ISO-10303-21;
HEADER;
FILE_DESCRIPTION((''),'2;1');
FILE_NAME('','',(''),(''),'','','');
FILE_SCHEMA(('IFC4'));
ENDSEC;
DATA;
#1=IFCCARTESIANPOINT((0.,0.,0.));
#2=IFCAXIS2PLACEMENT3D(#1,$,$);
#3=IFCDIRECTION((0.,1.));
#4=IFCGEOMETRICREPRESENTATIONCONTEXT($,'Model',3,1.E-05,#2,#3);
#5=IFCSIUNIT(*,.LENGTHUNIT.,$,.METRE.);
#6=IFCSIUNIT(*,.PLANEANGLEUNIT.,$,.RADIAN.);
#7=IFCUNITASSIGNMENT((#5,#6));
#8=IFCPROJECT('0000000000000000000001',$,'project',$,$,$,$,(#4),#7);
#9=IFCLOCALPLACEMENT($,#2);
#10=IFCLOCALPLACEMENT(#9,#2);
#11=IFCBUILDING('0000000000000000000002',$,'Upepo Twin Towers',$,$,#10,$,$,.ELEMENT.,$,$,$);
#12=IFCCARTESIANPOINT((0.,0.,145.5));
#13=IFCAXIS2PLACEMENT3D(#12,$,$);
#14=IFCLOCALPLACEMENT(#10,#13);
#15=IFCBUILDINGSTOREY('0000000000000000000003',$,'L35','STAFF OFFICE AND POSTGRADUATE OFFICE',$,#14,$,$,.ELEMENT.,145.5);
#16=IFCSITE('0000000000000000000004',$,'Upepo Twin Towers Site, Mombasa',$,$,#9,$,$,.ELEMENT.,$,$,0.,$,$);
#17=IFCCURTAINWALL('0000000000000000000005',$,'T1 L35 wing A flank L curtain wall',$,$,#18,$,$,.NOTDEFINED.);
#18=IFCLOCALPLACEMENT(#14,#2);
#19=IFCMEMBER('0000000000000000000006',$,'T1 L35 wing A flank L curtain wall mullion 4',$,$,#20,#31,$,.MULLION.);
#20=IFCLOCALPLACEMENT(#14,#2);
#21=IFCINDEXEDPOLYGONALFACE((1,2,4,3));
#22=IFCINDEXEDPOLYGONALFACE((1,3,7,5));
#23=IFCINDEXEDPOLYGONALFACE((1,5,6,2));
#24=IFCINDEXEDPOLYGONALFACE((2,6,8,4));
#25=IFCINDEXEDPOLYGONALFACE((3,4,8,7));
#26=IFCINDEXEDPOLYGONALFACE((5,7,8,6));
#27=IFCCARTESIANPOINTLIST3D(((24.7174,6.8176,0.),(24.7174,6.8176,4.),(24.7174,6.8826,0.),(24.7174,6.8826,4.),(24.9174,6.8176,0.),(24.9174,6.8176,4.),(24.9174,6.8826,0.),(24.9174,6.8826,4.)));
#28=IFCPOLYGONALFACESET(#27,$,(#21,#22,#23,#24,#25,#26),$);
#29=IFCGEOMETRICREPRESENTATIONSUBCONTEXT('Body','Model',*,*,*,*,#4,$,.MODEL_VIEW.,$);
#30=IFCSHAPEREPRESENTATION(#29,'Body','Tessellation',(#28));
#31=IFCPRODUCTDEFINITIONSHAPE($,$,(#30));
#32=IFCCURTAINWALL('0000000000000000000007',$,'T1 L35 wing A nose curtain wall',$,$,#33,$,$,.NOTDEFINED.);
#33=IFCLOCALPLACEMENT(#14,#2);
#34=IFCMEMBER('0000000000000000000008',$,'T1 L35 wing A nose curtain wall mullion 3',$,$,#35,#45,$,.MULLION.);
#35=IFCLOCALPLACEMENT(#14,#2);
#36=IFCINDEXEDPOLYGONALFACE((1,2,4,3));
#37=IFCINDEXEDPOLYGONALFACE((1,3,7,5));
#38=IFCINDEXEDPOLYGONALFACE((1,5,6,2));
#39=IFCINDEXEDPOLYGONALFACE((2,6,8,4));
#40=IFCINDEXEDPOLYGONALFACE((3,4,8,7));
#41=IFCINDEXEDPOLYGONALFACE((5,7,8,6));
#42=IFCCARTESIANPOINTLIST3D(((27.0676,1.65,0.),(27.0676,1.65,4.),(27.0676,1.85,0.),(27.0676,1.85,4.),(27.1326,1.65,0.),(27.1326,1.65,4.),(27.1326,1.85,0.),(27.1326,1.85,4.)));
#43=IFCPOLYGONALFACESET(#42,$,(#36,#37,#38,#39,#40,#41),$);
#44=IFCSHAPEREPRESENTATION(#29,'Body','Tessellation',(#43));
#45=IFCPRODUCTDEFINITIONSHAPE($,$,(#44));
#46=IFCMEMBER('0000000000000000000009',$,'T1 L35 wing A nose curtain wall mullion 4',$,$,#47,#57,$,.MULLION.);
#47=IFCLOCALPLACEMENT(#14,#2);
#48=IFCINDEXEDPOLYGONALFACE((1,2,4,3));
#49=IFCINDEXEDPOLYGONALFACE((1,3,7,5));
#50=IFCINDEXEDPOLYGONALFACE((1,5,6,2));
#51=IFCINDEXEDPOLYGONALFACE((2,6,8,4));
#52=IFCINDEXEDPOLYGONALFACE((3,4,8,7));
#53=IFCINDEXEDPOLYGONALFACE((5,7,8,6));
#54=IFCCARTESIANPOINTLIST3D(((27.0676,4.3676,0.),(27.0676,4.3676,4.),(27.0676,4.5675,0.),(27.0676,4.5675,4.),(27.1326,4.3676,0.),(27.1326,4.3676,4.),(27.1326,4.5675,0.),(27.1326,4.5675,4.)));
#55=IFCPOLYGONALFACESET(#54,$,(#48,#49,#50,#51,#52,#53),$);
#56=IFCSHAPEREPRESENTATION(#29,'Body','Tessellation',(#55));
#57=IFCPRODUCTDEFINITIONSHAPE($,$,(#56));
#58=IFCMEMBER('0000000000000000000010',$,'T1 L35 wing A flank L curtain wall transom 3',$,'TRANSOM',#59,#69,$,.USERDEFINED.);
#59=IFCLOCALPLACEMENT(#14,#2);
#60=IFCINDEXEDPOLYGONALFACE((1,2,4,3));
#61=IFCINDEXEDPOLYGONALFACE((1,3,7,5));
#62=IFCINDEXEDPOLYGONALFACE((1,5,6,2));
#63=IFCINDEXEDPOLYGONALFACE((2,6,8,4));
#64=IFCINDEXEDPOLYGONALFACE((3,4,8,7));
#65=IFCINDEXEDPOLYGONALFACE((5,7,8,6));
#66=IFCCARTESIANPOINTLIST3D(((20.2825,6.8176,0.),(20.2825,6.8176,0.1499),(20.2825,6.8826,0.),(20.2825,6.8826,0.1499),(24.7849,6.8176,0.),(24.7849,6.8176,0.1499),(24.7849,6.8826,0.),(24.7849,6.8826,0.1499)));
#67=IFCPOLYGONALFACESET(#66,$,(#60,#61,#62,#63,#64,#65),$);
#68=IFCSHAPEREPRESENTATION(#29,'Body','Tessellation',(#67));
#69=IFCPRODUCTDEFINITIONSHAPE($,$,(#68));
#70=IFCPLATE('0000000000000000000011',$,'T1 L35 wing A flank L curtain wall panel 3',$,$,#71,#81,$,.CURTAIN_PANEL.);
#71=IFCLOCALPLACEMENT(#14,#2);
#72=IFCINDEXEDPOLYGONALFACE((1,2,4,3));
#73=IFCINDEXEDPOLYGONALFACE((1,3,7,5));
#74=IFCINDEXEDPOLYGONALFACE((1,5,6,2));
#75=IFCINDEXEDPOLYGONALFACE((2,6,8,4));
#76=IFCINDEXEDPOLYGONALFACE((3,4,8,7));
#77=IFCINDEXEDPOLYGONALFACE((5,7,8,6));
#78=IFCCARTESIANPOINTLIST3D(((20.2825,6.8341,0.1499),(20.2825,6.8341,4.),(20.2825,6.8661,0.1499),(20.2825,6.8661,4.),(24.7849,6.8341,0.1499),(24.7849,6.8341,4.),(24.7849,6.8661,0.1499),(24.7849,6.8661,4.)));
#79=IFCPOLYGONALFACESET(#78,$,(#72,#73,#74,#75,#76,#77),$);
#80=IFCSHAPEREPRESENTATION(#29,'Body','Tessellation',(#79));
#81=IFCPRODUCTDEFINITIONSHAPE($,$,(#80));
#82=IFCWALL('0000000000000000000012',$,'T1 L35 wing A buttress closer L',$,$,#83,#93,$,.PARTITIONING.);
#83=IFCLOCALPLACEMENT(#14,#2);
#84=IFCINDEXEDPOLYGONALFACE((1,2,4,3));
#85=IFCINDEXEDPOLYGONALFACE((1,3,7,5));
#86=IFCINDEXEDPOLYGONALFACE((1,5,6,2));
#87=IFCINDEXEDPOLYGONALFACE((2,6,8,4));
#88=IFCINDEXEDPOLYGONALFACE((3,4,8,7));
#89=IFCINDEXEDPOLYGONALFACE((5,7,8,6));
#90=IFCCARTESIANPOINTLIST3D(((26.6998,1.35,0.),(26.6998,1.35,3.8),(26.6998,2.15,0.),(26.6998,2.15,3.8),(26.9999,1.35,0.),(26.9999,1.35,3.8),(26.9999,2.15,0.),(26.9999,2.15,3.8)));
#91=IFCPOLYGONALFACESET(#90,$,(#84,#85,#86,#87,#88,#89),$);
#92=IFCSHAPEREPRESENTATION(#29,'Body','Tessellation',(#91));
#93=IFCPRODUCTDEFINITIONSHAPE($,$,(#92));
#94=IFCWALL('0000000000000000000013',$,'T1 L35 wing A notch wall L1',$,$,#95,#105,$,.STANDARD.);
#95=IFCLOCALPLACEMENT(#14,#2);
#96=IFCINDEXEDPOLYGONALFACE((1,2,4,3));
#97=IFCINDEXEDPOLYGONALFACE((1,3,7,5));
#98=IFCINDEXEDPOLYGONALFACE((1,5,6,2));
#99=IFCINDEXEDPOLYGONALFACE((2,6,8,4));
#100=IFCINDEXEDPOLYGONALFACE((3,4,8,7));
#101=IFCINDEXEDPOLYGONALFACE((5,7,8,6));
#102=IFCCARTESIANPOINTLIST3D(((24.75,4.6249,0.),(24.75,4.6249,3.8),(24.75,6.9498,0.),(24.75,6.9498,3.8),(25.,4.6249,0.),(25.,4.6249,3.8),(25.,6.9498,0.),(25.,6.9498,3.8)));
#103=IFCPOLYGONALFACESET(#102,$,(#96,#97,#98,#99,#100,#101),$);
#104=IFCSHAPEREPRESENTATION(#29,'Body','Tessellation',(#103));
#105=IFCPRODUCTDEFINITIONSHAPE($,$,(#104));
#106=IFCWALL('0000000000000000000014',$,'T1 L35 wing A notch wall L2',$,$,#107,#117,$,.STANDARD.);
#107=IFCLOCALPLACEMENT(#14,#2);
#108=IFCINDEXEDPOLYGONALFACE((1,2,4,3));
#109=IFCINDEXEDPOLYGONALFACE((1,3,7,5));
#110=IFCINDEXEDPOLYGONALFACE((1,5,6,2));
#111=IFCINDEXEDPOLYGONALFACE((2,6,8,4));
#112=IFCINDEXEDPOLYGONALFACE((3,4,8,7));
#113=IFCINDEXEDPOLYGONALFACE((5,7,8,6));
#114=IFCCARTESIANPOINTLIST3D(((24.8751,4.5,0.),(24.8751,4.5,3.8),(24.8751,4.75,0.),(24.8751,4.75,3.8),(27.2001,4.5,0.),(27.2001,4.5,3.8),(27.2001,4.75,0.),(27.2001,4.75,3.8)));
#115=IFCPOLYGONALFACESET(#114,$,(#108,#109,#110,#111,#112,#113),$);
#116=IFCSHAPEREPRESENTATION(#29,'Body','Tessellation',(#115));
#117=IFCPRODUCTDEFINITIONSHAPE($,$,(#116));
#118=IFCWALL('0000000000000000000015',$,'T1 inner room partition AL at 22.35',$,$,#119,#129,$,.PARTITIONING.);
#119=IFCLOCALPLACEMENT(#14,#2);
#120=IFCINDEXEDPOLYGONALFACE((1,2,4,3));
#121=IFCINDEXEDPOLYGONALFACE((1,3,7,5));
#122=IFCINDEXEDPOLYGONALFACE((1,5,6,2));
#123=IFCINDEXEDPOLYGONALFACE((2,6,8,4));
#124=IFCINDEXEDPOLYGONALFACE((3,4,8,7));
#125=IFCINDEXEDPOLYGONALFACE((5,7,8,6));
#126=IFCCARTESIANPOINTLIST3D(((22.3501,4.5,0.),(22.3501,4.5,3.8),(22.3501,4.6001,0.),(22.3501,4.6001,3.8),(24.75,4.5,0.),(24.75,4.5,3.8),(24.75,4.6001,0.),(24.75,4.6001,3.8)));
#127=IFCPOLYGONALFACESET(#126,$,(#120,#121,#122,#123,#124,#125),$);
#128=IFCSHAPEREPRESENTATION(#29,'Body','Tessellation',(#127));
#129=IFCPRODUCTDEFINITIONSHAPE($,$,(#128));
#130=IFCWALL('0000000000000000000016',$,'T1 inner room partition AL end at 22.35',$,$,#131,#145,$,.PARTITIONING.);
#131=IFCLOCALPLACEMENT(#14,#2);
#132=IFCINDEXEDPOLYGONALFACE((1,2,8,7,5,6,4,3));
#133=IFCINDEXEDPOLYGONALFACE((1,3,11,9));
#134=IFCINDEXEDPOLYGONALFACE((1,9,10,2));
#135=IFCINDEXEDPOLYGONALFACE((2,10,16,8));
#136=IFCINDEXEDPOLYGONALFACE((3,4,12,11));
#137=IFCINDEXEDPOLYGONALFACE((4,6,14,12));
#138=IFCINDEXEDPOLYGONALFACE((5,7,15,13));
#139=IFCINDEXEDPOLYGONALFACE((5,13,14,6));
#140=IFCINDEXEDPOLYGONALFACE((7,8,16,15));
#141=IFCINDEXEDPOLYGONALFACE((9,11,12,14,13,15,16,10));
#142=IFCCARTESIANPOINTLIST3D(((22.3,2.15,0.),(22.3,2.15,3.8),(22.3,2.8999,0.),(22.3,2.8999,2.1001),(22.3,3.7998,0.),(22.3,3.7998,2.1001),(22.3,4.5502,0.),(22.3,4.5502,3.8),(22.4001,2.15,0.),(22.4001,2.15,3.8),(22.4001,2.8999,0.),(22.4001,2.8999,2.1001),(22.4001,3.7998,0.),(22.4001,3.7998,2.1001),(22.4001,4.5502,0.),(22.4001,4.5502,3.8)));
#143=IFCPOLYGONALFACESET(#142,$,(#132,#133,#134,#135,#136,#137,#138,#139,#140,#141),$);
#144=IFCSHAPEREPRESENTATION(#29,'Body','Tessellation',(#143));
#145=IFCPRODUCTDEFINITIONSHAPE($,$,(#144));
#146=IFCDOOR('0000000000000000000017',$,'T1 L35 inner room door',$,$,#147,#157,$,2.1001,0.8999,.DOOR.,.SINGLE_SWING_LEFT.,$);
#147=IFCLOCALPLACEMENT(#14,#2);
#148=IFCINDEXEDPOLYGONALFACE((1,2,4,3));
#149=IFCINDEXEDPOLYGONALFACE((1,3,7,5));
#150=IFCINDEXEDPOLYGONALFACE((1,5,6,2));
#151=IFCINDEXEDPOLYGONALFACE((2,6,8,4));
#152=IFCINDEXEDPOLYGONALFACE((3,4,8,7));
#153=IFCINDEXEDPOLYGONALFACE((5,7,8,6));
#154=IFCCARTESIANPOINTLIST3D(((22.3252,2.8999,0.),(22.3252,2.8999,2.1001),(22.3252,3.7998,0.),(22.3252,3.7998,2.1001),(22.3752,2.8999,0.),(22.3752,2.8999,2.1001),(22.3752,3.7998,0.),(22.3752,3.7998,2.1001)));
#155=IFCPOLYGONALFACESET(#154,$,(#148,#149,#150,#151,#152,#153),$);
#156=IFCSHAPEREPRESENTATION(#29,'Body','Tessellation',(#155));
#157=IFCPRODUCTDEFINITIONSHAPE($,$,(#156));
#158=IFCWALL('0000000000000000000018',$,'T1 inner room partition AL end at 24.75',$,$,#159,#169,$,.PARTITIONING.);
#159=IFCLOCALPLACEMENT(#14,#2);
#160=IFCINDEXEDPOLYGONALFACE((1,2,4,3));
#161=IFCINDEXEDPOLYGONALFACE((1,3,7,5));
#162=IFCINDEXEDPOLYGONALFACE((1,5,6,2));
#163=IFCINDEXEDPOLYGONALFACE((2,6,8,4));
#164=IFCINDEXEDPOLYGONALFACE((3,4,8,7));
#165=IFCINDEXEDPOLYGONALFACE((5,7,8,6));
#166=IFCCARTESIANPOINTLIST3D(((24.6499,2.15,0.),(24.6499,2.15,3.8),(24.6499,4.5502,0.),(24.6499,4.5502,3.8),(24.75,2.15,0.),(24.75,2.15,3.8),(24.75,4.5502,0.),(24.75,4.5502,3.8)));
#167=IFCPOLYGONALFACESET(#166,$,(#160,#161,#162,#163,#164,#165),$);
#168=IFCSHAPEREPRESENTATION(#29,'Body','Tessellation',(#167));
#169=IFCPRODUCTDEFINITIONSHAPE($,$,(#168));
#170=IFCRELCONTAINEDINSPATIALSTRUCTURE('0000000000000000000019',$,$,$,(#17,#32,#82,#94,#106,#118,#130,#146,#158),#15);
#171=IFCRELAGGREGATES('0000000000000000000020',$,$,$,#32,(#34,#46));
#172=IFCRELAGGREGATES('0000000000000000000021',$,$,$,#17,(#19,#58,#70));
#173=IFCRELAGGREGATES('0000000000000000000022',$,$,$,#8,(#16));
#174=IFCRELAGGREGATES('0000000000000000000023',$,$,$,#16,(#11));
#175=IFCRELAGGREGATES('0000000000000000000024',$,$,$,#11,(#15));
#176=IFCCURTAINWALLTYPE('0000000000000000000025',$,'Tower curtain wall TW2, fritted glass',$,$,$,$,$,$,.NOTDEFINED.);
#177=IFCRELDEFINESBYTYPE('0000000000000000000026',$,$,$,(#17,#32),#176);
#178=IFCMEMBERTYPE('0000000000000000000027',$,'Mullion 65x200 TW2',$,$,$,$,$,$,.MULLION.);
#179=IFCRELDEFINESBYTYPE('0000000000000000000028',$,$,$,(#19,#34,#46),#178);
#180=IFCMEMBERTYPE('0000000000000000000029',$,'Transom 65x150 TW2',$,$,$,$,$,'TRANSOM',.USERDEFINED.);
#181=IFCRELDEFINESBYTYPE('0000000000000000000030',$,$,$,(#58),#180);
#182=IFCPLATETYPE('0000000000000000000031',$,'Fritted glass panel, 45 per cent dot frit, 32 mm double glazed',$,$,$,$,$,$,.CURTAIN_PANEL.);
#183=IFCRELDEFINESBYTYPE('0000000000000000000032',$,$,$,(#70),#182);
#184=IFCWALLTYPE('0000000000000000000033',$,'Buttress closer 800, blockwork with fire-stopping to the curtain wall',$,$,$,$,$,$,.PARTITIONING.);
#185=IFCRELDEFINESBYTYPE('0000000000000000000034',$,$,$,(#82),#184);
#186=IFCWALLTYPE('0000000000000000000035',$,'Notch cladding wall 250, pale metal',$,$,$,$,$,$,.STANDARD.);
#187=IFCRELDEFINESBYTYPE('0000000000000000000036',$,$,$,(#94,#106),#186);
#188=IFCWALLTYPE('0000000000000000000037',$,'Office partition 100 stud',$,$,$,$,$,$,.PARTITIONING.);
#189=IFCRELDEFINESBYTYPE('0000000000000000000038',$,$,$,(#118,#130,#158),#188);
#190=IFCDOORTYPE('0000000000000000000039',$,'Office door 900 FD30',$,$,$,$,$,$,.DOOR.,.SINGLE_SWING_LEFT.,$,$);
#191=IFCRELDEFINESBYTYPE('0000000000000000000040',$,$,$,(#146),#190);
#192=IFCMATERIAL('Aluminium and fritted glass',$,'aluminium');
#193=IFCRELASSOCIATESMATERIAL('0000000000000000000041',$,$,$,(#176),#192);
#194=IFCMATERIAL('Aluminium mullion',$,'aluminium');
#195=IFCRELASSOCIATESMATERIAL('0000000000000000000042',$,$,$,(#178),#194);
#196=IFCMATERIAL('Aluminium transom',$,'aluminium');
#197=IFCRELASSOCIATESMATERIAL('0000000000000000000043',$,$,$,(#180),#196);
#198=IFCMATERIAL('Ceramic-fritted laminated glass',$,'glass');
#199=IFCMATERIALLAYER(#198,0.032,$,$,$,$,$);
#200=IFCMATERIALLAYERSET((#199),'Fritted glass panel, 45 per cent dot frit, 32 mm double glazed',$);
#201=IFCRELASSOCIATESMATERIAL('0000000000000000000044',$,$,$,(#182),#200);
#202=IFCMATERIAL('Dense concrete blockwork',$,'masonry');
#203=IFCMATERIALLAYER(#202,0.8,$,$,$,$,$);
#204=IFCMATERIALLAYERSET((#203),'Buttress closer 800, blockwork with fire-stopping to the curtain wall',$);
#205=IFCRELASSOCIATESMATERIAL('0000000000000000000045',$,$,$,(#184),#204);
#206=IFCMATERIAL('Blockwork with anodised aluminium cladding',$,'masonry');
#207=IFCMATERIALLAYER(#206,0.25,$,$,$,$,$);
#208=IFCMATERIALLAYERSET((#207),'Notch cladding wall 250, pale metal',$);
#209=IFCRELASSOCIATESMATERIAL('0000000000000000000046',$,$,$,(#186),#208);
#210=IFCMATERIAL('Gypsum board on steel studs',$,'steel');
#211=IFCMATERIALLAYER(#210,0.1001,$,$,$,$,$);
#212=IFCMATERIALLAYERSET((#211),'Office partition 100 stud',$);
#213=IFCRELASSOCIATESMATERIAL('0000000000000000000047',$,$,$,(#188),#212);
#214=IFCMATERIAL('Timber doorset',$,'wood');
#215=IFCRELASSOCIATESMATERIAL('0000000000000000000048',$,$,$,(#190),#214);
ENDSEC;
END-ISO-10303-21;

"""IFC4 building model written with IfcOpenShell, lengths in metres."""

from ifc_helpers import new_model, si_unit, direction, frame, frame_2d, origin, origin_2d, place, context, subcontext, project, spatial, rectangle, extrude, material, layer, layer_set, material_profile, profile_set, type_object, element, fill, aggregate, save


model = new_model("IFC4")

# Units and contexts
model_context = context("Model", 3, precision=1e-05, world=origin(), true_north=direction((0.0, 1.0)))
body_context = subcontext(model_context, "Body", "Model", "MODEL_VIEW")
ifc_project = project(units=[si_unit("LENGTHUNIT", "METRE"), si_unit("PLANEANGLEUNIT", "RADIAN")], contexts=[model_context])

# Site, building, storey
site_placement = place(None, origin())
site = spatial("IfcSite", under=ifc_project, at=site_placement, Name="Upepo Twin Towers Site, Mombasa", CompositionType="ELEMENT", RefElevation=0.0)
building_placement = place(site_placement, origin())
building = spatial("IfcBuilding", under=site, at=building_placement, Name="Upepo Twin Towers", CompositionType="ELEMENT")
storey_placement = place(building_placement, frame((0.0, 0.0, 145.5)))
storey = spatial("IfcBuildingStorey", under=building, at=storey_placement, Name="L35", Description="STAFF OFFICE AND POSTGRADUATE OFFICE", CompositionType="ELEMENT", Elevation=145.5)

# Curtain walls, members
ifc_material_1 = material(Name="Aluminium and fritted glass", Category="aluminium")
curtain_wall_type = type_object("IfcCurtainWallType", Name="Tower curtain wall TW2, fritted glass", PredefinedType="NOTDEFINED", material=ifc_material_1)
curtain_wall_1_placement = place(storey_placement, origin())
curtain_wall_1 = element("IfcCurtainWall", 1, at=curtain_wall_1_placement, inside=storey, type_object=curtain_wall_type, Name="T1 L35 wing A flank L curtain wall", PredefinedType="NOTDEFINED")
ifc_material_2 = material(Name="Aluminium mullion", Category="aluminium")
ifc_material_profile_1 = material_profile(ifc_material_2, rectangle(XDim=0.0649, YDim=0.2, at=origin_2d()), Name="MULLION 65x200")
ifc_profile_set_1 = profile_set([ifc_material_profile_1], Name="Aluminium mullion")
member_type_1 = type_object("IfcMemberType", Name="Mullion 65x200 TW2", PredefinedType="MULLION", material=ifc_profile_set_1)
member_1_placement = place(storey_placement, frame((24.8174, 6.8501, 0.0), z_axis=(0.0, 0.0, 1.0), x_axis=(0.0, 1.0, 0.0)))
member_1 = element("IfcMember", 2, at=member_1_placement, type_object=member_type_1, Name="T1 L35 wing A flank L curtain wall mullion 4", PredefinedType="MULLION", context=body_context, shape_type="SweptSolid", body=[
    extrude(rectangle(XDim=0.0649, YDim=0.2, at=origin_2d()), origin(), (0.0, 0.0, 1.0), 4.0),
])
curtain_wall_2_placement = place(storey_placement, origin())
curtain_wall_2 = element("IfcCurtainWall", 3, at=curtain_wall_2_placement, inside=storey, type_object=curtain_wall_type, Name="T1 L35 wing A nose curtain wall", PredefinedType="NOTDEFINED")
member_2_placement = place(storey_placement, frame((27.1001, 1.75, 0.0), z_axis=(0.0, 0.0, 1.0), x_axis=(-1.0, 0.0, 0.0)))
member_2 = element("IfcMember", 4, at=member_2_placement, type_object=member_type_1, Name="T1 L35 wing A nose curtain wall mullion 3", PredefinedType="MULLION", context=body_context, shape_type="SweptSolid", body=[
    extrude(rectangle(XDim=0.0649, YDim=0.2, at=origin_2d()), origin(), (0.0, 0.0, 1.0), 4.0),
])
member_3_placement = place(storey_placement, frame((27.1001, 4.4675, 0.0), z_axis=(0.0, 0.0, 1.0), x_axis=(-1.0, 0.0, 0.0)))
member_3 = element("IfcMember", 5, at=member_3_placement, type_object=member_type_1, Name="T1 L35 wing A nose curtain wall mullion 4", PredefinedType="MULLION", context=body_context, shape_type="SweptSolid", body=[
    extrude(rectangle(XDim=0.0649, YDim=0.2, at=origin_2d()), origin(), (0.0, 0.0, 1.0), 4.0),
])
aggregate(curtain_wall_2, [member_2, member_3])

# Member
ifc_material_3 = material(Name="Aluminium transom", Category="aluminium")
ifc_material_profile_2 = material_profile(ifc_material_3, rectangle(XDim=0.0649, YDim=0.1499, at=origin_2d()), Name="TRANSOM 65x150")
ifc_profile_set_2 = profile_set([ifc_material_profile_2], Name="Aluminium transom")
member_type_2 = type_object("IfcMemberType", Name="Transom 65x150 TW2", ElementType="TRANSOM", PredefinedType="USERDEFINED", material=ifc_profile_set_2)
member_4_placement = place(storey_placement, frame((20.2825, 6.8501, 0.075), z_axis=(1.0, 0.0, 0.0), x_axis=(0.0, 1.0, 0.0)))
member_4 = element("IfcMember", 6, at=member_4_placement, type_object=member_type_2, Name="T1 L35 wing A flank L curtain wall transom 3", ObjectType="TRANSOM", PredefinedType="USERDEFINED", context=body_context, shape_type="SweptSolid", body=[
    extrude(rectangle(XDim=0.0649, YDim=0.1499, at=origin_2d()), origin(), (0.0, 0.0, 1.0), 4.5024),
])

# Plate
ifc_material_4 = material(Name="Ceramic-fritted laminated glass", Category="glass")
ifc_layer_1 = layer(ifc_material_4, 0.032)
ifc_layer_set_1 = layer_set([ifc_layer_1], Name="Fritted glass panel, 45 per cent dot frit, 32 mm double glazed")
plate_type = type_object("IfcPlateType", Name="Fritted glass panel, 45 per cent dot frit, 32 mm double glazed", PredefinedType="CURTAIN_PANEL", material=ifc_layer_set_1)
plate_placement = place(storey_placement, frame((22.5337, 6.8501, 0.1499), z_axis=(0.0, 0.0, 1.0), x_axis=(1.0, 0.0, 0.0)))
plate = element("IfcPlate", 7, at=plate_placement, type_object=plate_type, Name="T1 L35 wing A flank L curtain wall panel 3", PredefinedType="CURTAIN_PANEL", context=body_context, shape_type="SweptSolid", body=[
    extrude(rectangle(XDim=4.5024, YDim=0.032, at=origin_2d()), origin(), (0.0, 0.0, 1.0), 3.8501),
])
aggregate(curtain_wall_1, [member_1, member_4, plate])

# Walls
ifc_material_5 = material(Name="Dense concrete blockwork", Category="masonry")
ifc_layer_2 = layer(ifc_material_5, 0.8)
ifc_layer_set_2 = layer_set([ifc_layer_2], Name="Buttress closer 800, blockwork with fire-stopping to the curtain wall")
wall_type_1 = type_object("IfcWallType", Name="Buttress closer 800, blockwork with fire-stopping to the curtain wall", PredefinedType="PARTITIONING", material=ifc_layer_set_2)
wall_1_placement = place(storey_placement, frame((26.7, 1.75, 0.0), z_axis=(0.0, 0.0, 1.0), x_axis=(1.0, 0.0, 0.0)))
element("IfcWall", 8, at=wall_1_placement, inside=storey, type_object=wall_type_1, Name="T1 L35 wing A buttress closer L", PredefinedType="PARTITIONING", context=body_context, shape_type="SweptSolid", body=[
    extrude(rectangle(XDim=0.3, YDim=0.8, at=frame_2d((0.1499, 0.0))), origin(), (0.0, 0.0, 1.0), 3.8),
])
ifc_material_6 = material(Name="Blockwork with anodised aluminium cladding", Category="masonry")
ifc_layer_3 = layer(ifc_material_6, 0.25)
ifc_layer_set_3 = layer_set([ifc_layer_3], Name="Notch cladding wall 250, pale metal")
wall_type_2 = type_object("IfcWallType", Name="Notch cladding wall 250, pale metal", PredefinedType="STANDARD", material=ifc_layer_set_3)
for number, where, z_axis, x_axis, name in (
    (9, (24.875, 6.95, 0.0), (0.0, 0.0, 1.0), (0.0, -1.0, 0.0), "T1 L35 wing A notch wall L1"),
    (10, (24.875, 4.625, 0.0), (0.0, 0.0, 1.0), (1.0, 0.0, 0.0), "T1 L35 wing A notch wall L2"),
):
    element("IfcWall", number, at=place(storey_placement, frame(where, z_axis=z_axis, x_axis=x_axis)), inside=storey, type_object=wall_type_2, Name=name, PredefinedType="STANDARD", context=body_context, shape_type="SweptSolid", body=[
        extrude(rectangle(XDim=2.325, YDim=0.25, at=frame_2d((1.1626, 0.0))), origin(), (0.0, 0.0, 1.0), 3.8),
    ])
ifc_material_7 = material(Name="Gypsum board on steel studs", Category="steel")
ifc_layer_4 = layer(ifc_material_7, 0.1001)
ifc_layer_set_4 = layer_set([ifc_layer_4], Name="Office partition 100 stud")
wall_type_3 = type_object("IfcWallType", Name="Office partition 100 stud", PredefinedType="PARTITIONING", material=ifc_layer_set_4)
wall_2_placement = place(storey_placement, frame((22.3501, 4.55, 0.0), z_axis=(0.0, 0.0, 1.0), x_axis=(1.0, 0.0, 0.0)))
element("IfcWall", 11, at=wall_2_placement, inside=storey, type_object=wall_type_3, Name="T1 inner room partition AL at 22.35", PredefinedType="PARTITIONING", context=body_context, shape_type="SweptSolid", body=[
    extrude(rectangle(XDim=2.3999, YDim=0.1001, at=frame_2d((1.2, 0.0))), origin(), (0.0, 0.0, 1.0), 3.8),
])

# Wall, opening, door
wall_3_placement = place(storey_placement, frame((22.3501, 2.1499, 0.0), z_axis=(0.0, 0.0, 1.0), x_axis=(0.0, 1.0, 0.0)))
wall_3 = element("IfcWall", 12, at=wall_3_placement, inside=storey, type_object=wall_type_3, Name="T1 inner room partition AL end at 22.35", PredefinedType="PARTITIONING", context=body_context, shape_type="SweptSolid", body=[
    extrude(rectangle(XDim=2.4001, YDim=0.1001, at=frame_2d((1.2002, 0.0))), origin(), (0.0, 0.0, 1.0), 3.8),
])
opening_placement = place(wall_3_placement, frame((0.75, 0.0, 0.0)))
opening = element("IfcOpeningElement", 13, at=opening_placement, cuts=wall_3, PredefinedType="OPENING", context=body_context, shape_type="SweptSolid", body=[
    extrude(rectangle(XDim=0.8999, YDim=2.1001, at=frame_2d((0.45, 1.05))), frame((0.0, 0.0601, 0.0), z_axis=(0.0, -1.0, 0.0), x_axis=(1.0, 0.0, 0.0)), (0.0, 0.0, 1.0), 0.1201),
])
ifc_material_8 = material(Name="Timber doorset", Category="wood")
door_type = type_object("IfcDoorType", Name="Office door 900 FD30", OperationType="SINGLE_SWING_LEFT", PredefinedType="DOOR", material=ifc_material_8)
door_placement = place(opening_placement, origin())
door = element("IfcDoor", 14, at=door_placement, inside=storey, type_object=door_type, Name="T1 L35 inner room door", OperationType="SINGLE_SWING_LEFT", OverallHeight=2.1001, OverallWidth=0.8999, PredefinedType="DOOR", context=body_context, shape_type="SweptSolid", body=[
    extrude(rectangle(XDim=0.8999, YDim=2.1001, at=frame_2d((0.45, 1.05))), frame((0.0, 0.0249, 0.0), z_axis=(0.0, -1.0, 0.0), x_axis=(1.0, 0.0, 0.0)), (0.0, 0.0, 1.0), 0.05),
])
fill(opening, door)

# Wall
wall_4_placement = place(storey_placement, frame((24.7, 2.1499, 0.0), z_axis=(0.0, 0.0, 1.0), x_axis=(0.0, 1.0, 0.0)))
element("IfcWall", 15, at=wall_4_placement, inside=storey, type_object=wall_type_3, Name="T1 inner room partition AL end at 24.75", PredefinedType="PARTITIONING", context=body_context, shape_type="SweptSolid", body=[
    extrude(rectangle(XDim=2.4001, YDim=0.1001, at=frame_2d((1.2002, 0.0))), origin(), (0.0, 0.0, 1.0), 3.8),
])

save(model, "model.ifc")
